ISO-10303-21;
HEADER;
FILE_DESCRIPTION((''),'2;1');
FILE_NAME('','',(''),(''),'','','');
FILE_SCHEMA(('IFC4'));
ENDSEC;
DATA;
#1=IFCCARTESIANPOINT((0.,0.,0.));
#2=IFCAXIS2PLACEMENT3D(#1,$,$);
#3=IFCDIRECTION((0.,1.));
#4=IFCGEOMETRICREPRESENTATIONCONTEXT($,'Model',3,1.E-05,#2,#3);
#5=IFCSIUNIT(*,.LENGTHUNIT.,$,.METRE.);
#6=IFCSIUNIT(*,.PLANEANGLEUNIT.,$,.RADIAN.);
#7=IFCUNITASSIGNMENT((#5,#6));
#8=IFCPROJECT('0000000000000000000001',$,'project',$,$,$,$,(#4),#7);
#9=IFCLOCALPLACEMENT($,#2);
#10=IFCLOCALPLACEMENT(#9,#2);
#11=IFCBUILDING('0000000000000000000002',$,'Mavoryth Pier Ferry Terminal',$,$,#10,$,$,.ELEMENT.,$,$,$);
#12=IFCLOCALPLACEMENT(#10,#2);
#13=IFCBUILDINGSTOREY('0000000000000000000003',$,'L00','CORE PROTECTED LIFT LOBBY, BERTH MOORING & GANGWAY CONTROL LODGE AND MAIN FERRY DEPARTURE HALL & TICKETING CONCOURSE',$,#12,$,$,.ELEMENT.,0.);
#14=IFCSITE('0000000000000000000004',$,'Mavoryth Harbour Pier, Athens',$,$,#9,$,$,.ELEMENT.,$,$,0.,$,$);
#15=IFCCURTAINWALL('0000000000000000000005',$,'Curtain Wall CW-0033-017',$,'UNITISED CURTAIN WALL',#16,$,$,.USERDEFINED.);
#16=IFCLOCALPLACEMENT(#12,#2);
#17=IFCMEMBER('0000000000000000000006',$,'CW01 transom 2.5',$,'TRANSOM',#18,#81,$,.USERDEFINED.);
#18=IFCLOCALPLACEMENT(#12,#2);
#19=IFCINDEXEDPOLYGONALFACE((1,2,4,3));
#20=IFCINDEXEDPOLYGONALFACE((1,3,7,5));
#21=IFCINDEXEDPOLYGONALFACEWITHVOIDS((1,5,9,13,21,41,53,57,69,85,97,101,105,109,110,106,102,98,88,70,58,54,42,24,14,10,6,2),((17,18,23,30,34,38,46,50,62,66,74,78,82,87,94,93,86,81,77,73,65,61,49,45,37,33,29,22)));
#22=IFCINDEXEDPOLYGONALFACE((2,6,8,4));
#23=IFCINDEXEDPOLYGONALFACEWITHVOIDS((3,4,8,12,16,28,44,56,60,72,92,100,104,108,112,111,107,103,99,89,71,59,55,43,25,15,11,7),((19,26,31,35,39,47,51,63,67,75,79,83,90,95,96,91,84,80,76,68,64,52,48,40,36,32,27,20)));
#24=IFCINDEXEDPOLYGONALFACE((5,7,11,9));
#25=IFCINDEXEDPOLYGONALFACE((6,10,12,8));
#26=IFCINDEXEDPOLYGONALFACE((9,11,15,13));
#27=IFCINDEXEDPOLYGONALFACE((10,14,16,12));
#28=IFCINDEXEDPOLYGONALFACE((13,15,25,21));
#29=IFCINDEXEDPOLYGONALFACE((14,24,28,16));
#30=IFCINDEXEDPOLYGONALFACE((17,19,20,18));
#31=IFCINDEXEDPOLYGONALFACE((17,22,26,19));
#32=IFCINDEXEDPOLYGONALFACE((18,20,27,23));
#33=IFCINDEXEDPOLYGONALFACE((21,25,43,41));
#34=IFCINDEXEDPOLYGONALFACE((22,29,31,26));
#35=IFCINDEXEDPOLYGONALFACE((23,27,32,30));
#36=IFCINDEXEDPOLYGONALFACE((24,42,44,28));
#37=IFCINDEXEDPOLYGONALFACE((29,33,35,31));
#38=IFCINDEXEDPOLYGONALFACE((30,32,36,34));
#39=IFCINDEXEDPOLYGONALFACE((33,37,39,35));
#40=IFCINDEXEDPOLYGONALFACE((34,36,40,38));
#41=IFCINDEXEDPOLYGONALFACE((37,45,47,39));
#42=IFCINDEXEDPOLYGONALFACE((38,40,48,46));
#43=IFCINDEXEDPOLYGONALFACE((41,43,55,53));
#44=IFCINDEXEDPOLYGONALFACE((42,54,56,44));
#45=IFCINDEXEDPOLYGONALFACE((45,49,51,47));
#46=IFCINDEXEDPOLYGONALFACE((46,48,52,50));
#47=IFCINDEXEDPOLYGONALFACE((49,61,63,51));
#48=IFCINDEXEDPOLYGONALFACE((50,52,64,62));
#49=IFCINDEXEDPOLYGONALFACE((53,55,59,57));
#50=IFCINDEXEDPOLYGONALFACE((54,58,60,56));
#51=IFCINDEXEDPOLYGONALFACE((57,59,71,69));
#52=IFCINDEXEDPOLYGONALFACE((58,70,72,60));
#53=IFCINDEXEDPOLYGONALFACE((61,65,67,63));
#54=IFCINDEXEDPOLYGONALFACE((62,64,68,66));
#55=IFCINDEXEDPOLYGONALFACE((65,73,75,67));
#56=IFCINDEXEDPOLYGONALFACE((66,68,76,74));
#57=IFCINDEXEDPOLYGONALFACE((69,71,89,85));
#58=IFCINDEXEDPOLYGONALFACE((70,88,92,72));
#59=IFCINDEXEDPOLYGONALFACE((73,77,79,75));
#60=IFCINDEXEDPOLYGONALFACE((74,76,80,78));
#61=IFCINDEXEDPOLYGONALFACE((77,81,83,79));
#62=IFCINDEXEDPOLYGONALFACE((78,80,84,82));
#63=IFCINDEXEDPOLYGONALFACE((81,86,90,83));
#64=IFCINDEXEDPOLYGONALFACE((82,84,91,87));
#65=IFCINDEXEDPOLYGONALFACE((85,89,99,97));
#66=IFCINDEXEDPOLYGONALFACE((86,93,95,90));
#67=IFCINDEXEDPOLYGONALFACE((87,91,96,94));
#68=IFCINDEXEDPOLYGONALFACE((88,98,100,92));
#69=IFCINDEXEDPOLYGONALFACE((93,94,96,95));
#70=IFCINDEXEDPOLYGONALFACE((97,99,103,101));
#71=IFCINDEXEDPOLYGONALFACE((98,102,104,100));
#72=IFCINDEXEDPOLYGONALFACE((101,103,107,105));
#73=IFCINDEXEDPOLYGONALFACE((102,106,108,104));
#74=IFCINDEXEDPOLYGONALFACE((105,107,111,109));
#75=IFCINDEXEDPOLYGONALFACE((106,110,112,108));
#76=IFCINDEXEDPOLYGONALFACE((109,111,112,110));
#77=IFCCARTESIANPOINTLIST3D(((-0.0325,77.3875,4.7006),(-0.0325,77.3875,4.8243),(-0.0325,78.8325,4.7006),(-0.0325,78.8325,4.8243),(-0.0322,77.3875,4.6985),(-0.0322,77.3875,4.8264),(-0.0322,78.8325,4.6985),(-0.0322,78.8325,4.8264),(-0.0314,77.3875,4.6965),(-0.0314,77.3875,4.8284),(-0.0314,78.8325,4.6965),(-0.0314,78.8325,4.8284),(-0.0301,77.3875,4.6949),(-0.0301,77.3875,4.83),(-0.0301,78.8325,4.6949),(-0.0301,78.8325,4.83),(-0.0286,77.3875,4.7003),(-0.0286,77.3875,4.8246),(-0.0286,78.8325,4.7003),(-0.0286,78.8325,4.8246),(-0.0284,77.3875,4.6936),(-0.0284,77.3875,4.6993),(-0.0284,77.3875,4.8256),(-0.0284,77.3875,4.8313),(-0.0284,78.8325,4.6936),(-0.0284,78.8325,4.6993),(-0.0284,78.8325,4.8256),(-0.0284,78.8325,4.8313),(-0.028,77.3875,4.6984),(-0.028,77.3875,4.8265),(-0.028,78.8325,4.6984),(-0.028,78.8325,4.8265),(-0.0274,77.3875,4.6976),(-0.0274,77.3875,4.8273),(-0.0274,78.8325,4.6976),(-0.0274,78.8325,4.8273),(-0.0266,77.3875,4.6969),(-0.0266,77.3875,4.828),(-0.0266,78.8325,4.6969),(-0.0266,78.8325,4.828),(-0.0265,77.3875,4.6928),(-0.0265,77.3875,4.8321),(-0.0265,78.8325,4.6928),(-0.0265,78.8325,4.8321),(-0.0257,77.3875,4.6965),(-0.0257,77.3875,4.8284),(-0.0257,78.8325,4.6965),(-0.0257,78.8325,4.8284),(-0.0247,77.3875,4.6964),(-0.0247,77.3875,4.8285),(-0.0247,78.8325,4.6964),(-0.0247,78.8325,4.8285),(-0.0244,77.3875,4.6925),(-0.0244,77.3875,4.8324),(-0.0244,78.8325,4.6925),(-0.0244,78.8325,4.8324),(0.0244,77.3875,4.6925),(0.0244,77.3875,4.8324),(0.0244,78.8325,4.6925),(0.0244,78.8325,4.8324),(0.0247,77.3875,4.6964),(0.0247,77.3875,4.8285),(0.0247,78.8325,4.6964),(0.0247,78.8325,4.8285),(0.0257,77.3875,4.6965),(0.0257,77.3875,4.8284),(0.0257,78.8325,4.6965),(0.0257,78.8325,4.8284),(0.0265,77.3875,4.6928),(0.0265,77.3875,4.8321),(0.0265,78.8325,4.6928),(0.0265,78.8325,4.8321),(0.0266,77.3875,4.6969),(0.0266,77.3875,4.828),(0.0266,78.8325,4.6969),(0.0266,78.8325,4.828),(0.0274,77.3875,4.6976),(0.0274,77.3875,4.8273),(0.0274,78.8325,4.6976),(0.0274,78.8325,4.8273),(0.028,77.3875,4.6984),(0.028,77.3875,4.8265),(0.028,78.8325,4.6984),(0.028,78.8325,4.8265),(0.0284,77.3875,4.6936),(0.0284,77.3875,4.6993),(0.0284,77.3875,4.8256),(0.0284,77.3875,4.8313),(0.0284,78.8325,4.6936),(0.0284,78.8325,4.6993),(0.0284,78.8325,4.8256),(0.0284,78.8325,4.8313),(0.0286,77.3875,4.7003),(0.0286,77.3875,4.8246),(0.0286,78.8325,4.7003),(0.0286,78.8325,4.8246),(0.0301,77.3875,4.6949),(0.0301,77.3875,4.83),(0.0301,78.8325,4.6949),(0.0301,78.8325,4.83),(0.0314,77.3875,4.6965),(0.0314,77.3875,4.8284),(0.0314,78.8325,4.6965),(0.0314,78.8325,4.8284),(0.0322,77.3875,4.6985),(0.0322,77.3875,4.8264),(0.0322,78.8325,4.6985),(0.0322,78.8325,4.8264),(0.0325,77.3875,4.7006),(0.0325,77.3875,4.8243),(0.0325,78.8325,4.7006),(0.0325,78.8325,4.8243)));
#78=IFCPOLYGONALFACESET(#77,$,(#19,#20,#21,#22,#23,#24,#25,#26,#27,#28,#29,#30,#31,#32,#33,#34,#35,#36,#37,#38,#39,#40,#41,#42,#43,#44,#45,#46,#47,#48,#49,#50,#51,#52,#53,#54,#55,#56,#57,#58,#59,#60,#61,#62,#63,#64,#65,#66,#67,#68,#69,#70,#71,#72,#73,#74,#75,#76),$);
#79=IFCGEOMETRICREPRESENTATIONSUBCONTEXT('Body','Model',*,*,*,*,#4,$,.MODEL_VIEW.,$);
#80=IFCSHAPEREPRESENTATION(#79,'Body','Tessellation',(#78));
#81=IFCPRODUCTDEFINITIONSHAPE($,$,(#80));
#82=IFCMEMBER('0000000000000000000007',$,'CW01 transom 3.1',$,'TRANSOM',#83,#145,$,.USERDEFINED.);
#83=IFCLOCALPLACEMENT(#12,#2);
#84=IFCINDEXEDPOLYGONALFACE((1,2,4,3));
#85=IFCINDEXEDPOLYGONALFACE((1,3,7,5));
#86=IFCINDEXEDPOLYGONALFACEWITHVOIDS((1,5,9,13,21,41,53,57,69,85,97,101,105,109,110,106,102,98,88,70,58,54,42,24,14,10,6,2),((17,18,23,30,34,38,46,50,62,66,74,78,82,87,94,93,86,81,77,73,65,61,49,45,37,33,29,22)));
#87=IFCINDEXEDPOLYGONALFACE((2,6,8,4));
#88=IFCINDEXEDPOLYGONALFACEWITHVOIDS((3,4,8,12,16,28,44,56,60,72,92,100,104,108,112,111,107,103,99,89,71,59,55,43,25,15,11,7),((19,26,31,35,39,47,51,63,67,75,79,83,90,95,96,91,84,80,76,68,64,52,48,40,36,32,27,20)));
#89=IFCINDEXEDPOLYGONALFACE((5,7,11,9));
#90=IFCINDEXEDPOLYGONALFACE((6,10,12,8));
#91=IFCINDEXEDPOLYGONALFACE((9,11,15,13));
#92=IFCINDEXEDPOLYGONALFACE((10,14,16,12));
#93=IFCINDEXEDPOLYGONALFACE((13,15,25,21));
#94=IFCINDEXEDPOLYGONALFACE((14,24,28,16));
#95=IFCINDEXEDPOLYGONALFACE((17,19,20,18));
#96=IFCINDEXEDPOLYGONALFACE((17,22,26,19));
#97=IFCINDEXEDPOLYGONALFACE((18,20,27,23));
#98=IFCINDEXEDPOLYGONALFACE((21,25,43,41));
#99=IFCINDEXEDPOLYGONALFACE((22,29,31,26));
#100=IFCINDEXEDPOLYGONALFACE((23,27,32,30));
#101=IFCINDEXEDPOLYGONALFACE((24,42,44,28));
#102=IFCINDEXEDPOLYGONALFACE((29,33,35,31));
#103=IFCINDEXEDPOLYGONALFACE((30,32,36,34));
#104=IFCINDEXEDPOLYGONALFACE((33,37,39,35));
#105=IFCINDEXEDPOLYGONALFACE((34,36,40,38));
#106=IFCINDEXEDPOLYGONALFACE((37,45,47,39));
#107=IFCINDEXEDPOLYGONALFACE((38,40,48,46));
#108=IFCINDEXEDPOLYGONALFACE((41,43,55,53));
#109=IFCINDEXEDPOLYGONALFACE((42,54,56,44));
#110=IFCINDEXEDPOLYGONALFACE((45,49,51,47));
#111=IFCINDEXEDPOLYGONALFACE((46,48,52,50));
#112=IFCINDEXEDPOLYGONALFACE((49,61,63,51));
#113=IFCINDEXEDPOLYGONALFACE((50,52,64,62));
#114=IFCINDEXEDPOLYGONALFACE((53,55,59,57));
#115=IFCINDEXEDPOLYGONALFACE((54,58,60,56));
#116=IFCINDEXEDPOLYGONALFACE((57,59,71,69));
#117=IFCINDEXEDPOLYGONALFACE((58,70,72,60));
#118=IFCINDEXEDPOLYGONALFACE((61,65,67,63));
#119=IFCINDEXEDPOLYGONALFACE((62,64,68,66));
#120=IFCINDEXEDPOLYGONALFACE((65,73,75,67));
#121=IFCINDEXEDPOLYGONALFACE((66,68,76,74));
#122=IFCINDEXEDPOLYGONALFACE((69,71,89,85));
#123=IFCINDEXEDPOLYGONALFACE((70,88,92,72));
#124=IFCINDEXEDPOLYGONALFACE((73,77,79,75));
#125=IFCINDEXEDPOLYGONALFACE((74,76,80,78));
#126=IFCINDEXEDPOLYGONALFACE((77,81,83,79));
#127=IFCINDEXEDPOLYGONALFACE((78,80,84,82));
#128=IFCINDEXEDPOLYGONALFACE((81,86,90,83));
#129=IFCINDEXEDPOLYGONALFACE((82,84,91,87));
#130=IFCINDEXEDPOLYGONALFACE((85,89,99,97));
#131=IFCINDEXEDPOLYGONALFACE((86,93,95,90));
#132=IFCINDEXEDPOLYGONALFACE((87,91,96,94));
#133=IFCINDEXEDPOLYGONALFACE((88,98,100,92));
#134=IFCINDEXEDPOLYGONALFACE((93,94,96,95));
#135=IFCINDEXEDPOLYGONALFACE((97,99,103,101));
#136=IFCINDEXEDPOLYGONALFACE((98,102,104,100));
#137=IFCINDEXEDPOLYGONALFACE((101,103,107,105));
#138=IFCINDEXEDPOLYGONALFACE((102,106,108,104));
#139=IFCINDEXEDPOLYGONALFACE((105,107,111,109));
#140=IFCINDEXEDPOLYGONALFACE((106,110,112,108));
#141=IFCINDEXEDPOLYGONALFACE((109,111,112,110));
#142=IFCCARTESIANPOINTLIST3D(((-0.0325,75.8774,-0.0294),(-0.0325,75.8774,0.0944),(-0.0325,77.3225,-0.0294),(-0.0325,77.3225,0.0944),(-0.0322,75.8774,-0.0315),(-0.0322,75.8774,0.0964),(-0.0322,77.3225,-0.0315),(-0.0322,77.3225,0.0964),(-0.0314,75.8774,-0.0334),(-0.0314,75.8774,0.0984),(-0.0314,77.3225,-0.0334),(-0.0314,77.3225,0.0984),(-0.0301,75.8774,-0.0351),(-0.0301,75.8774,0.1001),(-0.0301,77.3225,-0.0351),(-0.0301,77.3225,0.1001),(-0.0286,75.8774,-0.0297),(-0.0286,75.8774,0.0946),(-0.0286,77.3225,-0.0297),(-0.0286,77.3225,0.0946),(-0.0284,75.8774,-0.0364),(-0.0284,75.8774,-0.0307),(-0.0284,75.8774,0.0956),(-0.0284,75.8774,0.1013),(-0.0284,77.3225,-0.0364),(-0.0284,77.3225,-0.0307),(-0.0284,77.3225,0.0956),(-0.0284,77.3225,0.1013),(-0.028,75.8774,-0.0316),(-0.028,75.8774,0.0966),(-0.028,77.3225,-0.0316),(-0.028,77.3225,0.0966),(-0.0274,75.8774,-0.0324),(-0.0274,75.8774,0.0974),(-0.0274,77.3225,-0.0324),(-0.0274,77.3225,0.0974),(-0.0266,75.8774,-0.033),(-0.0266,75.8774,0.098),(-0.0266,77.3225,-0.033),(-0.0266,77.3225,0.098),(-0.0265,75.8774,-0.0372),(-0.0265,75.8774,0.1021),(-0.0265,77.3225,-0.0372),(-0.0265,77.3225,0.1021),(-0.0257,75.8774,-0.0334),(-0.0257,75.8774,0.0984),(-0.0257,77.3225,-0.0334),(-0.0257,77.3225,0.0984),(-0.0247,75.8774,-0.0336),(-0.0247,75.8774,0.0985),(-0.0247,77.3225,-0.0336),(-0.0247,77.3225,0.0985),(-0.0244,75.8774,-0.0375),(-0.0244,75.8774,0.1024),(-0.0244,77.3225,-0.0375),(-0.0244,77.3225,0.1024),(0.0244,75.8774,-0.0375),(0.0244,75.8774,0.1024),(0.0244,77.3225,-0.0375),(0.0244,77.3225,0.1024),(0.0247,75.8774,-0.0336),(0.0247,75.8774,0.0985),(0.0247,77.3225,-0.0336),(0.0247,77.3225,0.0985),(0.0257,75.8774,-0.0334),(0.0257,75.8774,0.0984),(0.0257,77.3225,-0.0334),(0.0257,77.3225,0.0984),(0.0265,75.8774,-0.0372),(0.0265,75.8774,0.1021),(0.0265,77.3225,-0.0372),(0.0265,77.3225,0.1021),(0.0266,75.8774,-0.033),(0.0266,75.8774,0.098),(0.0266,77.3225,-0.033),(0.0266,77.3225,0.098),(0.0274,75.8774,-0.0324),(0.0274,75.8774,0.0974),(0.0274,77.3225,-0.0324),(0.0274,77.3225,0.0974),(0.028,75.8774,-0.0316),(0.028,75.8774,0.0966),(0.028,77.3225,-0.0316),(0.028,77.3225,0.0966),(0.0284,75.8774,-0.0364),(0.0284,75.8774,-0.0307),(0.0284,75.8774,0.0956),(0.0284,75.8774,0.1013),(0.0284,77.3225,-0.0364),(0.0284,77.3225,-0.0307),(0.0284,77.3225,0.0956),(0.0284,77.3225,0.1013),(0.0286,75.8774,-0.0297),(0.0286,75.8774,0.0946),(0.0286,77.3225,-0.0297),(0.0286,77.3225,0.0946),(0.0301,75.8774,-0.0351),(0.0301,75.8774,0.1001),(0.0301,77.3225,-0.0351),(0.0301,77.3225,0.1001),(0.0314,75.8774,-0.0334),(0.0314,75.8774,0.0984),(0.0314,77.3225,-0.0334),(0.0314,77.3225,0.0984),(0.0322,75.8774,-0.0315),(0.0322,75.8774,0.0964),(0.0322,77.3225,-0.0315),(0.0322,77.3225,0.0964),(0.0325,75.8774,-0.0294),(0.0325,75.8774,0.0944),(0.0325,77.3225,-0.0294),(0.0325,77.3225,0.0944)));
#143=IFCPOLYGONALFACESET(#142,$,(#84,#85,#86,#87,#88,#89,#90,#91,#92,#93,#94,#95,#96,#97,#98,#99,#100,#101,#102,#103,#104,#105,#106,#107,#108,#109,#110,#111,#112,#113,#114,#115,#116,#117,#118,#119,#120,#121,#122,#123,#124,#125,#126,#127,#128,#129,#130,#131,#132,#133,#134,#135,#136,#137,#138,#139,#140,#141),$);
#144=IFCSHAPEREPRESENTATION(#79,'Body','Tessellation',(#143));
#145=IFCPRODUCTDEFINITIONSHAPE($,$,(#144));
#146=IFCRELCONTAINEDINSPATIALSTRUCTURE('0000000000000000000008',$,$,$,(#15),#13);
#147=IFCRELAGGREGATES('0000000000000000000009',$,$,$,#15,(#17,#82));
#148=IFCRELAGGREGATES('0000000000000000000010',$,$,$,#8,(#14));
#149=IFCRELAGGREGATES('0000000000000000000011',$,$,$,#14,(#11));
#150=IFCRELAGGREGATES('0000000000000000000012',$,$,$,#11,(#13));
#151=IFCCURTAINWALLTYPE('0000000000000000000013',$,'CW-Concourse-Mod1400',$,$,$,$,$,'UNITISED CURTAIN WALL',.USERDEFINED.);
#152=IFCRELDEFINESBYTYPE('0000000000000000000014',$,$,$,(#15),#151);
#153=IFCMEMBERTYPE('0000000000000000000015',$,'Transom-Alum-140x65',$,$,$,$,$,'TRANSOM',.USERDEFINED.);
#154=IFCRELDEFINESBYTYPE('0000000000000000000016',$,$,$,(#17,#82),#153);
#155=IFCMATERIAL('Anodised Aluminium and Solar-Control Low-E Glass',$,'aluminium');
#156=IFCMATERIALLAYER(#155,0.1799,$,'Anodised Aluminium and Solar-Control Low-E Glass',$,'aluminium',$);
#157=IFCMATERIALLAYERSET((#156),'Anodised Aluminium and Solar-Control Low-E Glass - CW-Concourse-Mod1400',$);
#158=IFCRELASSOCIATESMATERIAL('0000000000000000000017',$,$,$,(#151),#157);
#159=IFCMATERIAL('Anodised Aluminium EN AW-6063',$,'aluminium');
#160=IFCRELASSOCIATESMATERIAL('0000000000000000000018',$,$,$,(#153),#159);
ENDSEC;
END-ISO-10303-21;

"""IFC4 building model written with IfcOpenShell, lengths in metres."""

from ifc_helpers import new_model, si_unit, direction, frame, origin, origin_2d, place, context, subcontext, project, spatial, hollow_rectangle, extrude, material, layer, layer_set, material_profile, profile_set, type_object, element, aggregate, save


model = new_model("IFC4")

# Units and contexts
model_context = context("Model", 3, precision=1e-05, world=origin(), true_north=direction((0.0, 1.0)))
body_context = subcontext(model_context, "Body", "Model", "MODEL_VIEW")
ifc_project = project(units=[si_unit("LENGTHUNIT", "METRE"), si_unit("PLANEANGLEUNIT", "RADIAN")], contexts=[model_context])

# Site, building, storey
site_placement = place(None, origin())
site = spatial("IfcSite", under=ifc_project, at=site_placement, Name="Mavoryth Harbour Pier, Athens", CompositionType="ELEMENT", RefElevation=0.0)
building_placement = place(site_placement, origin())
building = spatial("IfcBuilding", under=site, at=building_placement, Name="Mavoryth Pier Ferry Terminal", CompositionType="ELEMENT")
storey_placement = place(building_placement, origin())
storey = spatial("IfcBuildingStorey", under=building, at=storey_placement, Name="L00", Description="CORE PROTECTED LIFT LOBBY, BERTH MOORING & GANGWAY CONTROL LODGE AND MAIN FERRY DEPARTURE HALL & TICKETING CONCOURSE", CompositionType="ELEMENT", Elevation=0.0)

# Curtain wall, members
ifc_material_1 = material(Name="Anodised Aluminium and Solar-Control Low-E Glass", Category="aluminium")
ifc_layer_1 = layer(ifc_material_1, 0.1799, Name="Anodised Aluminium and Solar-Control Low-E Glass", Category="aluminium")
ifc_layer_set_1 = layer_set([ifc_layer_1], Name="Anodised Aluminium and Solar-Control Low-E Glass - CW-Concourse-Mod1400")
curtain_wall_type = type_object("IfcCurtainWallType", Name="CW-Concourse-Mod1400", ElementType="UNITISED CURTAIN WALL", PredefinedType="USERDEFINED", material=ifc_layer_set_1)
curtain_wall_placement = place(storey_placement, origin())
curtain_wall = element("IfcCurtainWall", 1, at=curtain_wall_placement, inside=storey, type_object=curtain_wall_type, Name="Curtain Wall CW-0033-017", ObjectType="UNITISED CURTAIN WALL", PredefinedType="USERDEFINED")
ifc_material_2 = material(Name="Anodised Aluminium EN AW-6063", Category="aluminium")
ifc_material_profile_1 = material_profile(ifc_material_2, hollow_rectangle(XDim=0.0649, YDim=0.1399, WallThickness=0.0039, InnerFilletRadius=0.0039, OuterFilletRadius=0.0081, at=origin_2d()), Name="AL-TRAN 140x65x4", Category="aluminium")
ifc_profile_set_1 = profile_set([ifc_material_profile_1], Name="Anodised Aluminium EN AW-6063 - AL-TRAN 140x65x4")
member_type_1 = type_object("IfcMemberType", Name="Transom-Alum-140x65", ElementType="TRANSOM", PredefinedType="USERDEFINED", material=ifc_profile_set_1)
member_1_placement = place(storey_placement, frame((0.0, 78.8325, 4.7625), z_axis=(0.0, -1.0, 0.0), x_axis=(1.0, 0.0, 0.0)))
member_1 = element("IfcMember", 2, at=member_1_placement, type_object=member_type_1, Name="CW01 transom 2.5", ObjectType="TRANSOM", PredefinedType="USERDEFINED", context=body_context, shape_type="SweptSolid", body=[
    extrude(hollow_rectangle(XDim=0.0649, YDim=0.1399, WallThickness=0.0039, InnerFilletRadius=0.0039, OuterFilletRadius=0.0081, at=origin_2d()), origin(), (0.0, 0.0, 1.0), 1.4451),
])
member_2_placement = place(storey_placement, frame((0.0, 77.3225, 0.0325), z_axis=(0.0, -1.0, 0.0), x_axis=(1.0, 0.0, 0.0)))
member_2 = element("IfcMember", 3, at=member_2_placement, type_object=member_type_1, Name="CW01 transom 3.1", ObjectType="TRANSOM", PredefinedType="USERDEFINED", context=body_context, shape_type="SweptSolid", body=[
    extrude(hollow_rectangle(XDim=0.0649, YDim=0.1399, WallThickness=0.0039, InnerFilletRadius=0.0039, OuterFilletRadius=0.0081, at=origin_2d()), origin(), (0.0, 0.0, 1.0), 1.4451),
])
aggregate(curtain_wall, [member_1, member_2])

save(model, "model.ifc")
